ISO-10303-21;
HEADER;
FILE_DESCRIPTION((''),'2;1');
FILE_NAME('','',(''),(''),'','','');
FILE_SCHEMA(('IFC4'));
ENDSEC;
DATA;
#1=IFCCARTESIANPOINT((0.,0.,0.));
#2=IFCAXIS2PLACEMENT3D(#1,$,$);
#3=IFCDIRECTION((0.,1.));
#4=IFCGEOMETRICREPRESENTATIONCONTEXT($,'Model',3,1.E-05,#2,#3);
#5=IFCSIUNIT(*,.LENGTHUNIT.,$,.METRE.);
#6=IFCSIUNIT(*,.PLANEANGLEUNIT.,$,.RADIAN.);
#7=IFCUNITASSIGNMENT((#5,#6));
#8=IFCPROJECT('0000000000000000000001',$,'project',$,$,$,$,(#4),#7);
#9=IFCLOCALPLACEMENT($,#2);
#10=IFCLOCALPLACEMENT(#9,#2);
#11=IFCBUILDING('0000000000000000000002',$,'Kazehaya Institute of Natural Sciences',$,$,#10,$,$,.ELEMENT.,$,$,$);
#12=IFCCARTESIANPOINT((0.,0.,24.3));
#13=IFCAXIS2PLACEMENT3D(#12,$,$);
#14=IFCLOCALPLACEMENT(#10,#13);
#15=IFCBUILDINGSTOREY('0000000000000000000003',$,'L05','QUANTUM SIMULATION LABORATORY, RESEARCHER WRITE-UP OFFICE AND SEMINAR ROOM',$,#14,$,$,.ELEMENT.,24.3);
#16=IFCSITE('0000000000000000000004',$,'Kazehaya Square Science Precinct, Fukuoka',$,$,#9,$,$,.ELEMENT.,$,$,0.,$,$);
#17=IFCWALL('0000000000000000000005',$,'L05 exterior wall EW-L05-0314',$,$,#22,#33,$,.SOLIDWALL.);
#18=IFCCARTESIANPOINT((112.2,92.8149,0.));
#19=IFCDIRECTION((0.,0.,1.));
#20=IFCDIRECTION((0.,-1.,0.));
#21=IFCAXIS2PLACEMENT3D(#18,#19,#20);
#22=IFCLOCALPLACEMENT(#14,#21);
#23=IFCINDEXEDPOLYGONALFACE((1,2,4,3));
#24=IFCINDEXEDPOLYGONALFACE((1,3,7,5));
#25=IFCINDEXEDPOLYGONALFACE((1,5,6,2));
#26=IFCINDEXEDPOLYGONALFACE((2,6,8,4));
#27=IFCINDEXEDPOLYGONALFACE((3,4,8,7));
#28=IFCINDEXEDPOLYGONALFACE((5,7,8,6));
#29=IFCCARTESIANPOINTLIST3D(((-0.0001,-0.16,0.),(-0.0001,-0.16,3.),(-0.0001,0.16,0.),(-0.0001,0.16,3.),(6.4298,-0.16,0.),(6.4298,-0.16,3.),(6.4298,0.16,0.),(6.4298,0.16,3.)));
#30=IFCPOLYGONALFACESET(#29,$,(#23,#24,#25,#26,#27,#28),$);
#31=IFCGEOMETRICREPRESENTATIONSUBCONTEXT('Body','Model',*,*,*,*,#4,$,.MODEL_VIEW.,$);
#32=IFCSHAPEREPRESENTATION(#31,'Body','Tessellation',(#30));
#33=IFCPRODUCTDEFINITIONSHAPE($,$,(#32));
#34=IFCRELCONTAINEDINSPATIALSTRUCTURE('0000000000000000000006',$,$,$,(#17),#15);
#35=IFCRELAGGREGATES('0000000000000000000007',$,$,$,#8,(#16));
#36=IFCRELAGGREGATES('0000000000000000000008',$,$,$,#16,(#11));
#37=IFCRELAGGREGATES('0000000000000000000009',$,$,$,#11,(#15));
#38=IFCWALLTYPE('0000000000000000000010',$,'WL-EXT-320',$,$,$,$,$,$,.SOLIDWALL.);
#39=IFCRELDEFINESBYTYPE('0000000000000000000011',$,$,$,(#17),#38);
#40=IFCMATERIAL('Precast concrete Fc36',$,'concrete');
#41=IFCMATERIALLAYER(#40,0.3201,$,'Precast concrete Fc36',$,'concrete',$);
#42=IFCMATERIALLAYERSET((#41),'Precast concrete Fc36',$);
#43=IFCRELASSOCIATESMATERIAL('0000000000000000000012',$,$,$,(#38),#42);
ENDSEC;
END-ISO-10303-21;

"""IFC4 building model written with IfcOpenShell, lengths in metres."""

from ifc_helpers import new_model, si_unit, direction, frame, frame_2d, origin, place, context, subcontext, project, spatial, rectangle, extrude, material, layer, layer_set, type_object, element, save


model = new_model("IFC4")

# Units and contexts
model_context = context("Model", 3, precision=1e-05, world=origin(), true_north=direction((0.0, 1.0)))
body_context = subcontext(model_context, "Body", "Model", "MODEL_VIEW")
ifc_project = project(units=[si_unit("LENGTHUNIT", "METRE"), si_unit("PLANEANGLEUNIT", "RADIAN")], contexts=[model_context])

# Site, building, storey
site_placement = place(None, origin())
site = spatial("IfcSite", under=ifc_project, at=site_placement, Name="Kazehaya Square Science Precinct, Fukuoka", CompositionType="ELEMENT", RefElevation=0.0)
building_placement = place(site_placement, origin())
building = spatial("IfcBuilding", under=site, at=building_placement, Name="Kazehaya Institute of Natural Sciences", CompositionType="ELEMENT")
storey_placement = place(building_placement, frame((0.0, 0.0, 24.3)))
storey = spatial("IfcBuildingStorey", under=building, at=storey_placement, Name="L05", Description="QUANTUM SIMULATION LABORATORY, RESEARCHER WRITE-UP OFFICE AND SEMINAR ROOM", CompositionType="ELEMENT", Elevation=24.3)

# Wall
ifc_material_1 = material(Name="Precast concrete Fc36", Category="concrete")
ifc_layer_1 = layer(ifc_material_1, 0.3201, Name="Precast concrete Fc36", Category="concrete")
ifc_layer_set_1 = layer_set([ifc_layer_1], Name="Precast concrete Fc36")
wall_type_1 = type_object("IfcWallType", Name="WL-EXT-320", PredefinedType="SOLIDWALL", material=ifc_layer_set_1)
for number, where, z_axis, x_axis, name in (
    (1, (112.2, 92.8149, 0.0), (0.0, 0.0, 1.0), (0.0, -1.0, 0.0), "L05 exterior wall EW-L05-0314"),
):
    element("IfcWall", number, at=place(storey_placement, frame(where, z_axis=z_axis, x_axis=x_axis)), inside=storey, type_object=wall_type_1, Name=name, PredefinedType="SOLIDWALL", context=body_context, shape_type="SweptSolid", body=[
        extrude(rectangle(XDim=6.4299, YDim=0.3201, at=frame_2d((3.2148, 0.0))), origin(), (0.0, 0.0, 1.0), 3.0),
    ])

save(model, "model.ifc")
